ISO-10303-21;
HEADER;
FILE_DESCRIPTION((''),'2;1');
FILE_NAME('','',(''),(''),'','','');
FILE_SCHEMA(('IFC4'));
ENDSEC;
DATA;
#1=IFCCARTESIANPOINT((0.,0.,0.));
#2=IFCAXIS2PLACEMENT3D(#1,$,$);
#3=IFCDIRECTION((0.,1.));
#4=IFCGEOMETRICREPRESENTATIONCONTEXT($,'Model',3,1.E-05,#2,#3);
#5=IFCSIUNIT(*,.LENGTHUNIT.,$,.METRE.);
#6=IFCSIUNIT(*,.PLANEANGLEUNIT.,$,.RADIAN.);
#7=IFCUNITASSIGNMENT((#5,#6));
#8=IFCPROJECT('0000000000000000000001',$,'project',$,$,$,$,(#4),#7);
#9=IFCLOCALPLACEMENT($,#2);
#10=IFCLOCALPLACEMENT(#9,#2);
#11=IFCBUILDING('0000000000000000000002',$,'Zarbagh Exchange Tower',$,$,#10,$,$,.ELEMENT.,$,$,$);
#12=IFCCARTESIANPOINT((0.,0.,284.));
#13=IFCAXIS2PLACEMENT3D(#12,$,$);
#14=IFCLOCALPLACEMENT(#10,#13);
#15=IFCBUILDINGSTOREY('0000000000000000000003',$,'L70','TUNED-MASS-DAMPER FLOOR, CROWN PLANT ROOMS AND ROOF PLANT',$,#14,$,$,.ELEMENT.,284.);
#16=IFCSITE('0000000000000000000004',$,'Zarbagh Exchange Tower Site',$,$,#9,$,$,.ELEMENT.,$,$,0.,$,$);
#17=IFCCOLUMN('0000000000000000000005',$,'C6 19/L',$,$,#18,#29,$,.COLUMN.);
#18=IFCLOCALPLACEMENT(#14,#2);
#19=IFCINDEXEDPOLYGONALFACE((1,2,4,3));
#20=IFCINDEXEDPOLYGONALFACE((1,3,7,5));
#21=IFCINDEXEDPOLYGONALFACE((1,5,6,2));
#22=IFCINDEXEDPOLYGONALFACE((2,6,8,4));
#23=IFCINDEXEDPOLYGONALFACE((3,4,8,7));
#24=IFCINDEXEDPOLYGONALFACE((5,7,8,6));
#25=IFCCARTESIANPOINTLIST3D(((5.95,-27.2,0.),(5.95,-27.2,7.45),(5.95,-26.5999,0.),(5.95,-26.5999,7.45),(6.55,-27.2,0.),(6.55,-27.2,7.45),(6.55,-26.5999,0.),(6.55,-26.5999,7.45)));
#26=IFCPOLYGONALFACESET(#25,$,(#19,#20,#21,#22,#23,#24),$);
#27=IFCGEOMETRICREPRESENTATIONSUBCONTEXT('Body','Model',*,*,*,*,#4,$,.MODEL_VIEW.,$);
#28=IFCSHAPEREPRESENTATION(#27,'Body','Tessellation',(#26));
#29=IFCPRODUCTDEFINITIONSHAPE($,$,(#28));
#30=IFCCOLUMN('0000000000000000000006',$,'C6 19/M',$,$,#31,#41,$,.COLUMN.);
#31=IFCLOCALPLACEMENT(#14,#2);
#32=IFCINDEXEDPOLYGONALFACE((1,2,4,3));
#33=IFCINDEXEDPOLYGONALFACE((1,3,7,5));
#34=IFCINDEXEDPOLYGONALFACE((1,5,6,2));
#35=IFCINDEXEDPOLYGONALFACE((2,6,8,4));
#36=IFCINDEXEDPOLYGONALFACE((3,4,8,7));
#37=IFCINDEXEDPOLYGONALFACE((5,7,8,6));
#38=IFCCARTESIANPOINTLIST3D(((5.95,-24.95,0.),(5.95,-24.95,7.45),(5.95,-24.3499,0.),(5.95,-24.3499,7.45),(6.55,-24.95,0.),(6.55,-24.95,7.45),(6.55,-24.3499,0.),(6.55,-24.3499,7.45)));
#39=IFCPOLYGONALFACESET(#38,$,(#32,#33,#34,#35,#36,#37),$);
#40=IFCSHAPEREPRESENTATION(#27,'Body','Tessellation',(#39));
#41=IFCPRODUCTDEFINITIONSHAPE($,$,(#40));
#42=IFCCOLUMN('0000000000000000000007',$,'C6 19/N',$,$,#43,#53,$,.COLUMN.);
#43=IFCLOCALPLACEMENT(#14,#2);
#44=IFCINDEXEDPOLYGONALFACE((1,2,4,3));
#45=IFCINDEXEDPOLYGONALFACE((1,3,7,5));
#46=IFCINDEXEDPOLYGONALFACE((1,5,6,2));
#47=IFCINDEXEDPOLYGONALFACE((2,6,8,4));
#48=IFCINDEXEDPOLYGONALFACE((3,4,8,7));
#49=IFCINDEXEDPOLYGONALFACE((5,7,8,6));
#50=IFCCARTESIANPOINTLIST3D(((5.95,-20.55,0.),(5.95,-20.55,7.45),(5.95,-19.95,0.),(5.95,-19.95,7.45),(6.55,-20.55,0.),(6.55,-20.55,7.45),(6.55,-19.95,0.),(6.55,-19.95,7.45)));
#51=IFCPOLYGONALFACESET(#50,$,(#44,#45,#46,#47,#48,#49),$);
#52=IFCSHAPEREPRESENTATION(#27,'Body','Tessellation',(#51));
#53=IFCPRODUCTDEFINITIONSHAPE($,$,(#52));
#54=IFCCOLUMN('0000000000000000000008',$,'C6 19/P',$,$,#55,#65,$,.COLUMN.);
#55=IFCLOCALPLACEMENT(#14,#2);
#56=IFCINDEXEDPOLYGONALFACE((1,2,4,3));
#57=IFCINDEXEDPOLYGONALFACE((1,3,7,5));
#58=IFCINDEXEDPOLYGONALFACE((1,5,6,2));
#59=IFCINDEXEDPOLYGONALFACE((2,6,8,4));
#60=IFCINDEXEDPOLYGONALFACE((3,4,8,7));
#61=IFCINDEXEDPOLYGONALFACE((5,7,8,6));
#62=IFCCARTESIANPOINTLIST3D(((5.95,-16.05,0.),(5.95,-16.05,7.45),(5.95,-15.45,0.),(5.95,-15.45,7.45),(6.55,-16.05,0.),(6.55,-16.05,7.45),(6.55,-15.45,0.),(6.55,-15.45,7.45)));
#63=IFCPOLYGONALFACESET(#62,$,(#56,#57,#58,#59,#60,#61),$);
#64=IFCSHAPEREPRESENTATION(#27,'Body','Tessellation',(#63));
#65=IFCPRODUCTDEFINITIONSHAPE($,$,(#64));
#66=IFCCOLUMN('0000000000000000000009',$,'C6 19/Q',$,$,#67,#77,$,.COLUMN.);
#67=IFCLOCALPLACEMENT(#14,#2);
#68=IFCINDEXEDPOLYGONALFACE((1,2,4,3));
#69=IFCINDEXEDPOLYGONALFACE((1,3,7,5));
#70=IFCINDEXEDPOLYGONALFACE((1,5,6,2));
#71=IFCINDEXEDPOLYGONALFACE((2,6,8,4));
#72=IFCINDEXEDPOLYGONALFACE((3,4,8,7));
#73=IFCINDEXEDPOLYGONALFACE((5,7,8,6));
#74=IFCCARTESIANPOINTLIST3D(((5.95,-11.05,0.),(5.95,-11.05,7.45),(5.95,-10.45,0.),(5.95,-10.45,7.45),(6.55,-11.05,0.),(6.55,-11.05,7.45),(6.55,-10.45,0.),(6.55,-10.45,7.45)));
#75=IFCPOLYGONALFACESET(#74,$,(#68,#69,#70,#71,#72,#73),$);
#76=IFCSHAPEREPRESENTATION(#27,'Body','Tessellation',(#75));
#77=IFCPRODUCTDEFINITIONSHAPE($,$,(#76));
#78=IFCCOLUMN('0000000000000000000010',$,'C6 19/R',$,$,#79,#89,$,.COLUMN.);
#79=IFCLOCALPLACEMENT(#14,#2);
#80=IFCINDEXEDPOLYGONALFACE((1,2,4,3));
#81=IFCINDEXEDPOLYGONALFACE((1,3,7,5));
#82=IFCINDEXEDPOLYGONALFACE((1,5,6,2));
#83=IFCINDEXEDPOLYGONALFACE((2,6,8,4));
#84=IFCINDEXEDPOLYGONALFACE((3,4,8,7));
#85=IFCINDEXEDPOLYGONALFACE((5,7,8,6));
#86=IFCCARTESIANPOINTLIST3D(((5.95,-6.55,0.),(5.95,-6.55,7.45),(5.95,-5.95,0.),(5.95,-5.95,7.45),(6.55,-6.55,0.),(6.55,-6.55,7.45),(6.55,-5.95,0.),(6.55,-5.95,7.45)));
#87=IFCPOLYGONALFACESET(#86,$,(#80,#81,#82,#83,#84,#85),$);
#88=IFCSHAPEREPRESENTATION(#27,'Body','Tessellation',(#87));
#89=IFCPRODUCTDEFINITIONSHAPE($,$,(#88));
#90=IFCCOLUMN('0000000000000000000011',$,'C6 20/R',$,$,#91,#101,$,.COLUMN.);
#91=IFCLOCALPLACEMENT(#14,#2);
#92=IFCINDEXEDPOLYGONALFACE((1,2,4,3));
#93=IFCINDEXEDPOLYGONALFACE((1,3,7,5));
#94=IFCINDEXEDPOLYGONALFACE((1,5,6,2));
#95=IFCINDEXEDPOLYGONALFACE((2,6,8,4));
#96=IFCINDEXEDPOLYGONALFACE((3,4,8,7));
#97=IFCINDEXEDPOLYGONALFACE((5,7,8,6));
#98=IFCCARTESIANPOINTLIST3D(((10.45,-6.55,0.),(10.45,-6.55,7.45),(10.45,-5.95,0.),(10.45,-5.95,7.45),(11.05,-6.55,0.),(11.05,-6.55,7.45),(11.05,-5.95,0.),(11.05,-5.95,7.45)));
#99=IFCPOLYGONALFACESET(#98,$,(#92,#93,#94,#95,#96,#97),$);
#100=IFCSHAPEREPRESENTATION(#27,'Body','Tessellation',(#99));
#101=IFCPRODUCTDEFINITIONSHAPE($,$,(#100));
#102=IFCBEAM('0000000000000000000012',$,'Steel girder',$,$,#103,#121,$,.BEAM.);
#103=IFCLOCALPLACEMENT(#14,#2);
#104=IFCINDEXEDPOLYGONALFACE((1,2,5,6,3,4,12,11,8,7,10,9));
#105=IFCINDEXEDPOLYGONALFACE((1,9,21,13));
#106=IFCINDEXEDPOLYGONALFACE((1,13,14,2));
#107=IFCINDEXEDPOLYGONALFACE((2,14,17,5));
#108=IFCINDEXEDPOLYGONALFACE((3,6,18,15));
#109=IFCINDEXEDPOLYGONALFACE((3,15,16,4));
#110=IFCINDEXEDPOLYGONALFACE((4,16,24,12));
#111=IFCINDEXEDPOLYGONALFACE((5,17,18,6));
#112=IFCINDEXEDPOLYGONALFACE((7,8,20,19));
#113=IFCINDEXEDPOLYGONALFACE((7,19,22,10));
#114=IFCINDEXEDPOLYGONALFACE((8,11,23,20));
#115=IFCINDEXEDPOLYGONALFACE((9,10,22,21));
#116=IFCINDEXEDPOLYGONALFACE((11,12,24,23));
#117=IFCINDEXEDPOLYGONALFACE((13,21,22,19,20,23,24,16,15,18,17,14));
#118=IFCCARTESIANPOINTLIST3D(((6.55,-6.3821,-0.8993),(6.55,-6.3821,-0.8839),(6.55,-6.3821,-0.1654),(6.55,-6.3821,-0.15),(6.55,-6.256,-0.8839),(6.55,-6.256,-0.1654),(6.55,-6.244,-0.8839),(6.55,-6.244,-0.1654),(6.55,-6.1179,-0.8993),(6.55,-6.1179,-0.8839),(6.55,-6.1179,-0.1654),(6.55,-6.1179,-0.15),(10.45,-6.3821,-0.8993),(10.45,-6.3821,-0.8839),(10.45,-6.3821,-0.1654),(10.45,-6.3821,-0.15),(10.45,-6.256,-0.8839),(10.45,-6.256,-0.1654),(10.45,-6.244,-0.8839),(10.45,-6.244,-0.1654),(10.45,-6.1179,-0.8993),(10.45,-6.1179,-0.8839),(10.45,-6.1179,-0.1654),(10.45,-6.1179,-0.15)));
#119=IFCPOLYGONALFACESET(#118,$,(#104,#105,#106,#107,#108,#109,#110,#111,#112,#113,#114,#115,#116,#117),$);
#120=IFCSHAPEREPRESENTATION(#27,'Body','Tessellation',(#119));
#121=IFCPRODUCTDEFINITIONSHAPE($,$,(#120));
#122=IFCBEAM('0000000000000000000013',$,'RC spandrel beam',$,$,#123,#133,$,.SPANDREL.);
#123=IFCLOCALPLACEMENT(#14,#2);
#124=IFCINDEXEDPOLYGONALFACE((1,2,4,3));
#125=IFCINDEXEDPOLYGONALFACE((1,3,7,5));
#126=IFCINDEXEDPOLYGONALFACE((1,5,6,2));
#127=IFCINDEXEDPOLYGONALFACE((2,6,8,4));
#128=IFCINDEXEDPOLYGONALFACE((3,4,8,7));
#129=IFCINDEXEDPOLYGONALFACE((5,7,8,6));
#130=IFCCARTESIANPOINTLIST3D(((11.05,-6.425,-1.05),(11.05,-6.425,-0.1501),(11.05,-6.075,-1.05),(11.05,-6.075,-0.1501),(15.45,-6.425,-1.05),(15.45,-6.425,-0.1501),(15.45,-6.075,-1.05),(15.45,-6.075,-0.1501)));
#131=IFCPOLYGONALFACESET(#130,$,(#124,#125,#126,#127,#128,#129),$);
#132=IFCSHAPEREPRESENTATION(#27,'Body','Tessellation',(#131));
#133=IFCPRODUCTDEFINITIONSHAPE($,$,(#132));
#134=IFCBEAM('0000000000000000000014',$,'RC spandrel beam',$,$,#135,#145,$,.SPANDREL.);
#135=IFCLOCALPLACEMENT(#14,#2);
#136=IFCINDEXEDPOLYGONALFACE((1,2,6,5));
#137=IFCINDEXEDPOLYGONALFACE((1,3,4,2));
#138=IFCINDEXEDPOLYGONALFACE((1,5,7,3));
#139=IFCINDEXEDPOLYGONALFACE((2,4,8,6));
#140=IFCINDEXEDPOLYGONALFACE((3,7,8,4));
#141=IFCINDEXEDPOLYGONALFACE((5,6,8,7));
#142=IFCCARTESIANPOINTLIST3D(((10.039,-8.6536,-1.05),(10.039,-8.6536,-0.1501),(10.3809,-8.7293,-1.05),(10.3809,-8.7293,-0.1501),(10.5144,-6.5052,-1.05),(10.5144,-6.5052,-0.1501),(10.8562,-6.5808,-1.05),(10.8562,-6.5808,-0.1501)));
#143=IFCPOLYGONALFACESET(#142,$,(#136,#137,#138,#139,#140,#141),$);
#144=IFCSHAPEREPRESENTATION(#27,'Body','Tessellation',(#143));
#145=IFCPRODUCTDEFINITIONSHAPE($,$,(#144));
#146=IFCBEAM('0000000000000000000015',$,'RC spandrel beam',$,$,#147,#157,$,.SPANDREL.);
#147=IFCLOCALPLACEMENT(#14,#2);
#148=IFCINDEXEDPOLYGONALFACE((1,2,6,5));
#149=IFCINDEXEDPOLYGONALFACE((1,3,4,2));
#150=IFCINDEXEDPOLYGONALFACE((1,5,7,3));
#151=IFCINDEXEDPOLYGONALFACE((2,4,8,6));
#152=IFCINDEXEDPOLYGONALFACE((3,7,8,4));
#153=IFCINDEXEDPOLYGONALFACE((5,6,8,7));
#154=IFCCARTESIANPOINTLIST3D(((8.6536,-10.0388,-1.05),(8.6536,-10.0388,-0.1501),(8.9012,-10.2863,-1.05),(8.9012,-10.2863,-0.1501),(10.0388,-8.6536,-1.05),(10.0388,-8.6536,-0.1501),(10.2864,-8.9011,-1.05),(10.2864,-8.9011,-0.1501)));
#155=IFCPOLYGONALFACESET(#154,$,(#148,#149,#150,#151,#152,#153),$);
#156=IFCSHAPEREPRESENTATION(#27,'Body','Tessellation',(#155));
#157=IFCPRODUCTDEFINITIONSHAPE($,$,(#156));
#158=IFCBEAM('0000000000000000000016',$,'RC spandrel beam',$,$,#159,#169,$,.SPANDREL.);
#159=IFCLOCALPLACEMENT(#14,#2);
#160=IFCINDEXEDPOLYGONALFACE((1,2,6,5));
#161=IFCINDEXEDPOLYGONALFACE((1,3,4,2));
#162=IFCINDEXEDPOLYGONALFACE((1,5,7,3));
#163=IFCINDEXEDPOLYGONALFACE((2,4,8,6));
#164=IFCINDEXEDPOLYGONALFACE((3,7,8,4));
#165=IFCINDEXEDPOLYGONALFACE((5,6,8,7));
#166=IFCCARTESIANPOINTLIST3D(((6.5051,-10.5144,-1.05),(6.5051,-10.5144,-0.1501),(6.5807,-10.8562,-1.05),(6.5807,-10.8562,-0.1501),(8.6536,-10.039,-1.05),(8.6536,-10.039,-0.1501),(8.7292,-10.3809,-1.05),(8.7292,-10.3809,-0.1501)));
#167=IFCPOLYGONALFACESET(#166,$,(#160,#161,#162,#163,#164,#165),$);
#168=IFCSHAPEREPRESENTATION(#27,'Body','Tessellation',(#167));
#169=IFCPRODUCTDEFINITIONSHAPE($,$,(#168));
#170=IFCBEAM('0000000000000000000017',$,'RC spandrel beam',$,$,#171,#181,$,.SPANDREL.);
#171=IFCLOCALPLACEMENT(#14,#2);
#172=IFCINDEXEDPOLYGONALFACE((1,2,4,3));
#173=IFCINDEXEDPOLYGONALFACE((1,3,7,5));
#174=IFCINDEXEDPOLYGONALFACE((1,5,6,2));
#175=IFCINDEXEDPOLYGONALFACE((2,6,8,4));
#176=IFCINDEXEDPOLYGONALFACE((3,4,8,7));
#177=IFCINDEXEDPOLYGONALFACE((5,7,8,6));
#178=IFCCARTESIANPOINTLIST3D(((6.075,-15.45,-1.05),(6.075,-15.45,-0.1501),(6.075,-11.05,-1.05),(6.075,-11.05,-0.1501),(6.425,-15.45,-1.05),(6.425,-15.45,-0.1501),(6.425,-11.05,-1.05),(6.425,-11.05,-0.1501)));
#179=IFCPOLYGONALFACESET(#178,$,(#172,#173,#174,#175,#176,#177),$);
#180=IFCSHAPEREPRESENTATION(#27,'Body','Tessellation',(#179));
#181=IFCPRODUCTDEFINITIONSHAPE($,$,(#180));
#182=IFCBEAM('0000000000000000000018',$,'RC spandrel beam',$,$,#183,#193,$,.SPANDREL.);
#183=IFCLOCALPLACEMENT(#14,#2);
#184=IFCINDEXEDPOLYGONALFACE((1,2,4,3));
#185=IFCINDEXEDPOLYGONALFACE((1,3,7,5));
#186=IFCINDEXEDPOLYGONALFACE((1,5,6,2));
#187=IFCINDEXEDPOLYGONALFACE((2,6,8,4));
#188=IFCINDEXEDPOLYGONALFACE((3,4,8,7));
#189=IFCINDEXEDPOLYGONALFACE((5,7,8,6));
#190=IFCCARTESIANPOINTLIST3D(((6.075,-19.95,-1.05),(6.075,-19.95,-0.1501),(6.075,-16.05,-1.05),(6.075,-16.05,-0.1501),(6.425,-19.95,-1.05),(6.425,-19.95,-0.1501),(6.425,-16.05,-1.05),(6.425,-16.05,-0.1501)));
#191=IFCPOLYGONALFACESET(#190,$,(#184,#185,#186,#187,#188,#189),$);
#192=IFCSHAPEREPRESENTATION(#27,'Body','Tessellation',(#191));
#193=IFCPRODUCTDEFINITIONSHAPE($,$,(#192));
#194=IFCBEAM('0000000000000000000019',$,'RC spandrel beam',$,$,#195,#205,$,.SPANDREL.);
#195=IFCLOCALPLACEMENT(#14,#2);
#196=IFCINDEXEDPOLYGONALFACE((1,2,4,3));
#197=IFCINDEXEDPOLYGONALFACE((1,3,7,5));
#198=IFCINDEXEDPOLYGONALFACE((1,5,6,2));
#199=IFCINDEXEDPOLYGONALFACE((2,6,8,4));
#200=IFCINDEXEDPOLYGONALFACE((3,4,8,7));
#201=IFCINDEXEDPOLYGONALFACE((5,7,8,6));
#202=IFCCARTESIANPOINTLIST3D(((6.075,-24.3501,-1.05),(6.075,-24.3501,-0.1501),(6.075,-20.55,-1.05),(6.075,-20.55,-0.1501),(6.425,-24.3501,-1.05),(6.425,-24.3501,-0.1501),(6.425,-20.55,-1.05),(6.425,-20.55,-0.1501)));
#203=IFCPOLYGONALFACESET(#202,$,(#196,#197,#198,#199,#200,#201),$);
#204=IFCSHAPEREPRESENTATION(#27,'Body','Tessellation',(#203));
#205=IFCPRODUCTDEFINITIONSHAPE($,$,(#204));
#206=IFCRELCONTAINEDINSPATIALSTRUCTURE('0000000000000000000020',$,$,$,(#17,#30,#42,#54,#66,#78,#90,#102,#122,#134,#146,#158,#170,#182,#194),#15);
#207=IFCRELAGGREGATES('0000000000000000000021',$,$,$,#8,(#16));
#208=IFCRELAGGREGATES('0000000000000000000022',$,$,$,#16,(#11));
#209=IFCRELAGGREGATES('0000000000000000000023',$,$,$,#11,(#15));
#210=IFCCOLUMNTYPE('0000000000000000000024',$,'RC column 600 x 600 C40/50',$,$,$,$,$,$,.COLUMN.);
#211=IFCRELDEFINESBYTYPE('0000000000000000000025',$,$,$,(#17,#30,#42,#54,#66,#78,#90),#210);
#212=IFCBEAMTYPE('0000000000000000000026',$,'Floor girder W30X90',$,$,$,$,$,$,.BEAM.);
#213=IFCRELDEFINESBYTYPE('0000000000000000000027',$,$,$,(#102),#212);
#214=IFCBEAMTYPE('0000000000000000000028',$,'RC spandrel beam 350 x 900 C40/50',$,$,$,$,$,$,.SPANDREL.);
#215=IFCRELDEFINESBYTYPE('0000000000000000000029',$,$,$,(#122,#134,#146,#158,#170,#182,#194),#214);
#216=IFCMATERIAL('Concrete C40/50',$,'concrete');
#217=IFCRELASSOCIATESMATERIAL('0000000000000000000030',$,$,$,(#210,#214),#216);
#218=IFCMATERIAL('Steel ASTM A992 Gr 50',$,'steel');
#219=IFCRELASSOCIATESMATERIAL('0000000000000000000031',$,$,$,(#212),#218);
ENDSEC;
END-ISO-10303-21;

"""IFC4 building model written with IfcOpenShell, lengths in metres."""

from ifc_helpers import new_model, si_unit, direction, frame, origin, origin_2d, place, context, subcontext, project, spatial, rectangle, i_section, extrude, material, material_profile, profile_set, type_object, element, save


model = new_model("IFC4")

# Units and contexts
model_context = context("Model", 3, precision=1e-05, world=origin(), true_north=direction((0.0, 1.0)))
body_context = subcontext(model_context, "Body", "Model", "MODEL_VIEW")
ifc_project = project(units=[si_unit("LENGTHUNIT", "METRE"), si_unit("PLANEANGLEUNIT", "RADIAN")], contexts=[model_context])

# Site, building, storey
site_placement = place(None, origin())
site = spatial("IfcSite", under=ifc_project, at=site_placement, Name="Zarbagh Exchange Tower Site", CompositionType="ELEMENT", RefElevation=0.0)
building_placement = place(site_placement, origin())
building = spatial("IfcBuilding", under=site, at=building_placement, Name="Zarbagh Exchange Tower", CompositionType="ELEMENT")
storey_placement = place(building_placement, frame((0.0, 0.0, 284.0)))
storey = spatial("IfcBuildingStorey", under=building, at=storey_placement, Name="L70", Description="TUNED-MASS-DAMPER FLOOR, CROWN PLANT ROOMS AND ROOF PLANT", CompositionType="ELEMENT", Elevation=284.0)

# Columns
ifc_material_1 = material(Name="Concrete C40/50", Category="concrete")
ifc_material_profile_1 = material_profile(ifc_material_1, rectangle(XDim=0.6001, YDim=0.6001, at=origin_2d()), Name="RC column 600 x 600 C40/50")
ifc_profile_set_1 = profile_set([ifc_material_profile_1], Name="Concrete C40/50")
column_type = type_object("IfcColumnType", Name="RC column 600 x 600 C40/50", PredefinedType="COLUMN", material=ifc_profile_set_1)
for number, where, z_axis, x_axis, name in (
    (1, (6.25, -26.8999, 0.0), (0.0, 0.0, 1.0), (1.0, 0.0, 0.0), "C6 19/L"),
    (2, (6.25, -24.6499, 0.0), (0.0, 0.0, 1.0), (1.0, 0.0, 0.0), "C6 19/M"),
    (3, (6.25, -20.25, 0.0), (0.0, 0.0, 1.0), (1.0, 0.0, 0.0), "C6 19/N"),
    (4, (6.25, -15.75, 0.0), (0.0, 0.0, 1.0), (1.0, 0.0, 0.0), "C6 19/P"),
    (5, (6.25, -10.75, 0.0), (0.0, 0.0, 1.0), (1.0, 0.0, 0.0), "C6 19/Q"),
    (6, (6.25, -6.25, 0.0), (0.0, 0.0, 1.0), (1.0, 0.0, 0.0), "C6 19/R"),
    (7, (10.75, -6.25, 0.0), (0.0, 0.0, 1.0), (1.0, 0.0, 0.0), "C6 20/R"),
):
    element("IfcColumn", number, at=place(storey_placement, frame(where, z_axis=z_axis, x_axis=x_axis)), inside=storey, type_object=column_type, Name=name, PredefinedType="COLUMN", context=body_context, shape_type="SweptSolid", body=[
        extrude(rectangle(XDim=0.6001, YDim=0.6001, at=origin_2d()), origin(), (0.0, 0.0, 1.0), 7.45),
    ])

# Beams
ifc_material_2 = material(Name="Steel ASTM A992 Gr 50", Category="steel")
ifc_material_profile_2 = material_profile(ifc_material_2, i_section(OverallWidth=0.2642, OverallDepth=0.7493, WebThickness=0.012, FlangeThickness=0.0154, at=origin_2d()), Name="W30X90")
ifc_profile_set_2 = profile_set([ifc_material_profile_2], Name="Steel ASTM A992 Gr 50")
beam_type_1 = type_object("IfcBeamType", Name="Floor girder W30X90", PredefinedType="BEAM", material=ifc_profile_set_2)
beam_1_placement = place(storey_placement, frame((6.55, -6.25, -0.5247), z_axis=(1.0, 0.0, 0.0), x_axis=(0.0, 1.0, 0.0)))
element("IfcBeam", 8, at=beam_1_placement, inside=storey, type_object=beam_type_1, Name="Steel girder", PredefinedType="BEAM", context=body_context, shape_type="SweptSolid", body=[
    extrude(i_section(OverallWidth=0.2642, OverallDepth=0.7493, WebThickness=0.012, FlangeThickness=0.0154, at=origin_2d()), origin(), (0.0, 0.0, 1.0), 3.8999),
])
ifc_material_profile_3 = material_profile(ifc_material_1, rectangle(XDim=0.3501, YDim=0.8999, at=origin_2d()), Name="RC spandrel beam 350 x 900 C40/50")
ifc_profile_set_3 = profile_set([ifc_material_profile_3], Name="Concrete C40/50")
beam_type_2 = type_object("IfcBeamType", Name="RC spandrel beam 350 x 900 C40/50", PredefinedType="SPANDREL", material=ifc_profile_set_3)
beam_2_placement = place(storey_placement, frame((15.45, -6.25, -0.6001), z_axis=(-1.0, 0.0, 0.0), x_axis=(0.0, -1.0, 0.0)))
element("IfcBeam", 9, at=beam_2_placement, inside=storey, type_object=beam_type_2, Name="RC spandrel beam", PredefinedType="SPANDREL", context=body_context, shape_type="SweptSolid", body=[
    extrude(rectangle(XDim=0.3501, YDim=0.8999, at=origin_2d()), origin(), (0.0, 0.0, 1.0), 4.3999),
])
beam_3_placement = place(storey_placement, frame((10.6853, -6.543, -0.6001), z_axis=(-0.216026, -0.976388, 0.0), x_axis=(0.976388, -0.216026, 0.0)))
element("IfcBeam", 10, at=beam_3_placement, inside=storey, type_object=beam_type_2, Name="RC spandrel beam", PredefinedType="SPANDREL", context=body_context, shape_type="SweptSolid", body=[
    extrude(rectangle(XDim=0.3501, YDim=0.8999, at=origin_2d()), origin(), (0.0, 0.0, 1.0), 2.2004),
])
beam_4_placement = place(storey_placement, frame((10.1626, -8.7773, -0.6001), z_axis=(-0.707107, -0.707107, 0.0), x_axis=(0.707107, -0.707107, 0.0)))
element("IfcBeam", 11, at=beam_4_placement, inside=storey, type_object=beam_type_2, Name="RC spandrel beam", PredefinedType="SPANDREL", context=body_context, shape_type="SweptSolid", body=[
    extrude(rectangle(XDim=0.3501, YDim=0.8999, at=origin_2d()), origin(), (0.0, 0.0, 1.0), 1.959),
])
beam_5_placement = place(storey_placement, frame((8.6914, -10.21, -0.6001), z_axis=(-0.976388, -0.216026, 0.0), x_axis=(0.216026, -0.976388, 0.0)))
element("IfcBeam", 12, at=beam_5_placement, inside=storey, type_object=beam_type_2, Name="RC spandrel beam", PredefinedType="SPANDREL", context=body_context, shape_type="SweptSolid", body=[
    extrude(rectangle(XDim=0.3501, YDim=0.8999, at=origin_2d()), origin(), (0.0, 0.0, 1.0), 2.2004),
])
beam_6_placement = place(storey_placement, frame((6.25, -11.05, -0.6001), z_axis=(0.0, -1.0, 0.0), x_axis=(1.0, 0.0, 0.0)))
element("IfcBeam", 13, at=beam_6_placement, inside=storey, type_object=beam_type_2, Name="RC spandrel beam", PredefinedType="SPANDREL", context=body_context, shape_type="SweptSolid", body=[
    extrude(rectangle(XDim=0.3501, YDim=0.8999, at=origin_2d()), origin(), (0.0, 0.0, 1.0), 4.3999),
])
beam_7_placement = place(storey_placement, frame((6.25, -16.05, -0.6001), z_axis=(0.0, -1.0, 0.0), x_axis=(1.0, 0.0, 0.0)))
element("IfcBeam", 14, at=beam_7_placement, inside=storey, type_object=beam_type_2, Name="RC spandrel beam", PredefinedType="SPANDREL", context=body_context, shape_type="SweptSolid", body=[
    extrude(rectangle(XDim=0.3501, YDim=0.8999, at=origin_2d()), origin(), (0.0, 0.0, 1.0), 3.8999),
])
beam_8_placement = place(storey_placement, frame((6.25, -20.55, -0.6001), z_axis=(0.0, -1.0, 0.0), x_axis=(1.0, 0.0, 0.0)))
element("IfcBeam", 15, at=beam_8_placement, inside=storey, type_object=beam_type_2, Name="RC spandrel beam", PredefinedType="SPANDREL", context=body_context, shape_type="SweptSolid", body=[
    extrude(rectangle(XDim=0.3501, YDim=0.8999, at=origin_2d()), origin(), (0.0, 0.0, 1.0), 3.8),
])

save(model, "model.ifc")
